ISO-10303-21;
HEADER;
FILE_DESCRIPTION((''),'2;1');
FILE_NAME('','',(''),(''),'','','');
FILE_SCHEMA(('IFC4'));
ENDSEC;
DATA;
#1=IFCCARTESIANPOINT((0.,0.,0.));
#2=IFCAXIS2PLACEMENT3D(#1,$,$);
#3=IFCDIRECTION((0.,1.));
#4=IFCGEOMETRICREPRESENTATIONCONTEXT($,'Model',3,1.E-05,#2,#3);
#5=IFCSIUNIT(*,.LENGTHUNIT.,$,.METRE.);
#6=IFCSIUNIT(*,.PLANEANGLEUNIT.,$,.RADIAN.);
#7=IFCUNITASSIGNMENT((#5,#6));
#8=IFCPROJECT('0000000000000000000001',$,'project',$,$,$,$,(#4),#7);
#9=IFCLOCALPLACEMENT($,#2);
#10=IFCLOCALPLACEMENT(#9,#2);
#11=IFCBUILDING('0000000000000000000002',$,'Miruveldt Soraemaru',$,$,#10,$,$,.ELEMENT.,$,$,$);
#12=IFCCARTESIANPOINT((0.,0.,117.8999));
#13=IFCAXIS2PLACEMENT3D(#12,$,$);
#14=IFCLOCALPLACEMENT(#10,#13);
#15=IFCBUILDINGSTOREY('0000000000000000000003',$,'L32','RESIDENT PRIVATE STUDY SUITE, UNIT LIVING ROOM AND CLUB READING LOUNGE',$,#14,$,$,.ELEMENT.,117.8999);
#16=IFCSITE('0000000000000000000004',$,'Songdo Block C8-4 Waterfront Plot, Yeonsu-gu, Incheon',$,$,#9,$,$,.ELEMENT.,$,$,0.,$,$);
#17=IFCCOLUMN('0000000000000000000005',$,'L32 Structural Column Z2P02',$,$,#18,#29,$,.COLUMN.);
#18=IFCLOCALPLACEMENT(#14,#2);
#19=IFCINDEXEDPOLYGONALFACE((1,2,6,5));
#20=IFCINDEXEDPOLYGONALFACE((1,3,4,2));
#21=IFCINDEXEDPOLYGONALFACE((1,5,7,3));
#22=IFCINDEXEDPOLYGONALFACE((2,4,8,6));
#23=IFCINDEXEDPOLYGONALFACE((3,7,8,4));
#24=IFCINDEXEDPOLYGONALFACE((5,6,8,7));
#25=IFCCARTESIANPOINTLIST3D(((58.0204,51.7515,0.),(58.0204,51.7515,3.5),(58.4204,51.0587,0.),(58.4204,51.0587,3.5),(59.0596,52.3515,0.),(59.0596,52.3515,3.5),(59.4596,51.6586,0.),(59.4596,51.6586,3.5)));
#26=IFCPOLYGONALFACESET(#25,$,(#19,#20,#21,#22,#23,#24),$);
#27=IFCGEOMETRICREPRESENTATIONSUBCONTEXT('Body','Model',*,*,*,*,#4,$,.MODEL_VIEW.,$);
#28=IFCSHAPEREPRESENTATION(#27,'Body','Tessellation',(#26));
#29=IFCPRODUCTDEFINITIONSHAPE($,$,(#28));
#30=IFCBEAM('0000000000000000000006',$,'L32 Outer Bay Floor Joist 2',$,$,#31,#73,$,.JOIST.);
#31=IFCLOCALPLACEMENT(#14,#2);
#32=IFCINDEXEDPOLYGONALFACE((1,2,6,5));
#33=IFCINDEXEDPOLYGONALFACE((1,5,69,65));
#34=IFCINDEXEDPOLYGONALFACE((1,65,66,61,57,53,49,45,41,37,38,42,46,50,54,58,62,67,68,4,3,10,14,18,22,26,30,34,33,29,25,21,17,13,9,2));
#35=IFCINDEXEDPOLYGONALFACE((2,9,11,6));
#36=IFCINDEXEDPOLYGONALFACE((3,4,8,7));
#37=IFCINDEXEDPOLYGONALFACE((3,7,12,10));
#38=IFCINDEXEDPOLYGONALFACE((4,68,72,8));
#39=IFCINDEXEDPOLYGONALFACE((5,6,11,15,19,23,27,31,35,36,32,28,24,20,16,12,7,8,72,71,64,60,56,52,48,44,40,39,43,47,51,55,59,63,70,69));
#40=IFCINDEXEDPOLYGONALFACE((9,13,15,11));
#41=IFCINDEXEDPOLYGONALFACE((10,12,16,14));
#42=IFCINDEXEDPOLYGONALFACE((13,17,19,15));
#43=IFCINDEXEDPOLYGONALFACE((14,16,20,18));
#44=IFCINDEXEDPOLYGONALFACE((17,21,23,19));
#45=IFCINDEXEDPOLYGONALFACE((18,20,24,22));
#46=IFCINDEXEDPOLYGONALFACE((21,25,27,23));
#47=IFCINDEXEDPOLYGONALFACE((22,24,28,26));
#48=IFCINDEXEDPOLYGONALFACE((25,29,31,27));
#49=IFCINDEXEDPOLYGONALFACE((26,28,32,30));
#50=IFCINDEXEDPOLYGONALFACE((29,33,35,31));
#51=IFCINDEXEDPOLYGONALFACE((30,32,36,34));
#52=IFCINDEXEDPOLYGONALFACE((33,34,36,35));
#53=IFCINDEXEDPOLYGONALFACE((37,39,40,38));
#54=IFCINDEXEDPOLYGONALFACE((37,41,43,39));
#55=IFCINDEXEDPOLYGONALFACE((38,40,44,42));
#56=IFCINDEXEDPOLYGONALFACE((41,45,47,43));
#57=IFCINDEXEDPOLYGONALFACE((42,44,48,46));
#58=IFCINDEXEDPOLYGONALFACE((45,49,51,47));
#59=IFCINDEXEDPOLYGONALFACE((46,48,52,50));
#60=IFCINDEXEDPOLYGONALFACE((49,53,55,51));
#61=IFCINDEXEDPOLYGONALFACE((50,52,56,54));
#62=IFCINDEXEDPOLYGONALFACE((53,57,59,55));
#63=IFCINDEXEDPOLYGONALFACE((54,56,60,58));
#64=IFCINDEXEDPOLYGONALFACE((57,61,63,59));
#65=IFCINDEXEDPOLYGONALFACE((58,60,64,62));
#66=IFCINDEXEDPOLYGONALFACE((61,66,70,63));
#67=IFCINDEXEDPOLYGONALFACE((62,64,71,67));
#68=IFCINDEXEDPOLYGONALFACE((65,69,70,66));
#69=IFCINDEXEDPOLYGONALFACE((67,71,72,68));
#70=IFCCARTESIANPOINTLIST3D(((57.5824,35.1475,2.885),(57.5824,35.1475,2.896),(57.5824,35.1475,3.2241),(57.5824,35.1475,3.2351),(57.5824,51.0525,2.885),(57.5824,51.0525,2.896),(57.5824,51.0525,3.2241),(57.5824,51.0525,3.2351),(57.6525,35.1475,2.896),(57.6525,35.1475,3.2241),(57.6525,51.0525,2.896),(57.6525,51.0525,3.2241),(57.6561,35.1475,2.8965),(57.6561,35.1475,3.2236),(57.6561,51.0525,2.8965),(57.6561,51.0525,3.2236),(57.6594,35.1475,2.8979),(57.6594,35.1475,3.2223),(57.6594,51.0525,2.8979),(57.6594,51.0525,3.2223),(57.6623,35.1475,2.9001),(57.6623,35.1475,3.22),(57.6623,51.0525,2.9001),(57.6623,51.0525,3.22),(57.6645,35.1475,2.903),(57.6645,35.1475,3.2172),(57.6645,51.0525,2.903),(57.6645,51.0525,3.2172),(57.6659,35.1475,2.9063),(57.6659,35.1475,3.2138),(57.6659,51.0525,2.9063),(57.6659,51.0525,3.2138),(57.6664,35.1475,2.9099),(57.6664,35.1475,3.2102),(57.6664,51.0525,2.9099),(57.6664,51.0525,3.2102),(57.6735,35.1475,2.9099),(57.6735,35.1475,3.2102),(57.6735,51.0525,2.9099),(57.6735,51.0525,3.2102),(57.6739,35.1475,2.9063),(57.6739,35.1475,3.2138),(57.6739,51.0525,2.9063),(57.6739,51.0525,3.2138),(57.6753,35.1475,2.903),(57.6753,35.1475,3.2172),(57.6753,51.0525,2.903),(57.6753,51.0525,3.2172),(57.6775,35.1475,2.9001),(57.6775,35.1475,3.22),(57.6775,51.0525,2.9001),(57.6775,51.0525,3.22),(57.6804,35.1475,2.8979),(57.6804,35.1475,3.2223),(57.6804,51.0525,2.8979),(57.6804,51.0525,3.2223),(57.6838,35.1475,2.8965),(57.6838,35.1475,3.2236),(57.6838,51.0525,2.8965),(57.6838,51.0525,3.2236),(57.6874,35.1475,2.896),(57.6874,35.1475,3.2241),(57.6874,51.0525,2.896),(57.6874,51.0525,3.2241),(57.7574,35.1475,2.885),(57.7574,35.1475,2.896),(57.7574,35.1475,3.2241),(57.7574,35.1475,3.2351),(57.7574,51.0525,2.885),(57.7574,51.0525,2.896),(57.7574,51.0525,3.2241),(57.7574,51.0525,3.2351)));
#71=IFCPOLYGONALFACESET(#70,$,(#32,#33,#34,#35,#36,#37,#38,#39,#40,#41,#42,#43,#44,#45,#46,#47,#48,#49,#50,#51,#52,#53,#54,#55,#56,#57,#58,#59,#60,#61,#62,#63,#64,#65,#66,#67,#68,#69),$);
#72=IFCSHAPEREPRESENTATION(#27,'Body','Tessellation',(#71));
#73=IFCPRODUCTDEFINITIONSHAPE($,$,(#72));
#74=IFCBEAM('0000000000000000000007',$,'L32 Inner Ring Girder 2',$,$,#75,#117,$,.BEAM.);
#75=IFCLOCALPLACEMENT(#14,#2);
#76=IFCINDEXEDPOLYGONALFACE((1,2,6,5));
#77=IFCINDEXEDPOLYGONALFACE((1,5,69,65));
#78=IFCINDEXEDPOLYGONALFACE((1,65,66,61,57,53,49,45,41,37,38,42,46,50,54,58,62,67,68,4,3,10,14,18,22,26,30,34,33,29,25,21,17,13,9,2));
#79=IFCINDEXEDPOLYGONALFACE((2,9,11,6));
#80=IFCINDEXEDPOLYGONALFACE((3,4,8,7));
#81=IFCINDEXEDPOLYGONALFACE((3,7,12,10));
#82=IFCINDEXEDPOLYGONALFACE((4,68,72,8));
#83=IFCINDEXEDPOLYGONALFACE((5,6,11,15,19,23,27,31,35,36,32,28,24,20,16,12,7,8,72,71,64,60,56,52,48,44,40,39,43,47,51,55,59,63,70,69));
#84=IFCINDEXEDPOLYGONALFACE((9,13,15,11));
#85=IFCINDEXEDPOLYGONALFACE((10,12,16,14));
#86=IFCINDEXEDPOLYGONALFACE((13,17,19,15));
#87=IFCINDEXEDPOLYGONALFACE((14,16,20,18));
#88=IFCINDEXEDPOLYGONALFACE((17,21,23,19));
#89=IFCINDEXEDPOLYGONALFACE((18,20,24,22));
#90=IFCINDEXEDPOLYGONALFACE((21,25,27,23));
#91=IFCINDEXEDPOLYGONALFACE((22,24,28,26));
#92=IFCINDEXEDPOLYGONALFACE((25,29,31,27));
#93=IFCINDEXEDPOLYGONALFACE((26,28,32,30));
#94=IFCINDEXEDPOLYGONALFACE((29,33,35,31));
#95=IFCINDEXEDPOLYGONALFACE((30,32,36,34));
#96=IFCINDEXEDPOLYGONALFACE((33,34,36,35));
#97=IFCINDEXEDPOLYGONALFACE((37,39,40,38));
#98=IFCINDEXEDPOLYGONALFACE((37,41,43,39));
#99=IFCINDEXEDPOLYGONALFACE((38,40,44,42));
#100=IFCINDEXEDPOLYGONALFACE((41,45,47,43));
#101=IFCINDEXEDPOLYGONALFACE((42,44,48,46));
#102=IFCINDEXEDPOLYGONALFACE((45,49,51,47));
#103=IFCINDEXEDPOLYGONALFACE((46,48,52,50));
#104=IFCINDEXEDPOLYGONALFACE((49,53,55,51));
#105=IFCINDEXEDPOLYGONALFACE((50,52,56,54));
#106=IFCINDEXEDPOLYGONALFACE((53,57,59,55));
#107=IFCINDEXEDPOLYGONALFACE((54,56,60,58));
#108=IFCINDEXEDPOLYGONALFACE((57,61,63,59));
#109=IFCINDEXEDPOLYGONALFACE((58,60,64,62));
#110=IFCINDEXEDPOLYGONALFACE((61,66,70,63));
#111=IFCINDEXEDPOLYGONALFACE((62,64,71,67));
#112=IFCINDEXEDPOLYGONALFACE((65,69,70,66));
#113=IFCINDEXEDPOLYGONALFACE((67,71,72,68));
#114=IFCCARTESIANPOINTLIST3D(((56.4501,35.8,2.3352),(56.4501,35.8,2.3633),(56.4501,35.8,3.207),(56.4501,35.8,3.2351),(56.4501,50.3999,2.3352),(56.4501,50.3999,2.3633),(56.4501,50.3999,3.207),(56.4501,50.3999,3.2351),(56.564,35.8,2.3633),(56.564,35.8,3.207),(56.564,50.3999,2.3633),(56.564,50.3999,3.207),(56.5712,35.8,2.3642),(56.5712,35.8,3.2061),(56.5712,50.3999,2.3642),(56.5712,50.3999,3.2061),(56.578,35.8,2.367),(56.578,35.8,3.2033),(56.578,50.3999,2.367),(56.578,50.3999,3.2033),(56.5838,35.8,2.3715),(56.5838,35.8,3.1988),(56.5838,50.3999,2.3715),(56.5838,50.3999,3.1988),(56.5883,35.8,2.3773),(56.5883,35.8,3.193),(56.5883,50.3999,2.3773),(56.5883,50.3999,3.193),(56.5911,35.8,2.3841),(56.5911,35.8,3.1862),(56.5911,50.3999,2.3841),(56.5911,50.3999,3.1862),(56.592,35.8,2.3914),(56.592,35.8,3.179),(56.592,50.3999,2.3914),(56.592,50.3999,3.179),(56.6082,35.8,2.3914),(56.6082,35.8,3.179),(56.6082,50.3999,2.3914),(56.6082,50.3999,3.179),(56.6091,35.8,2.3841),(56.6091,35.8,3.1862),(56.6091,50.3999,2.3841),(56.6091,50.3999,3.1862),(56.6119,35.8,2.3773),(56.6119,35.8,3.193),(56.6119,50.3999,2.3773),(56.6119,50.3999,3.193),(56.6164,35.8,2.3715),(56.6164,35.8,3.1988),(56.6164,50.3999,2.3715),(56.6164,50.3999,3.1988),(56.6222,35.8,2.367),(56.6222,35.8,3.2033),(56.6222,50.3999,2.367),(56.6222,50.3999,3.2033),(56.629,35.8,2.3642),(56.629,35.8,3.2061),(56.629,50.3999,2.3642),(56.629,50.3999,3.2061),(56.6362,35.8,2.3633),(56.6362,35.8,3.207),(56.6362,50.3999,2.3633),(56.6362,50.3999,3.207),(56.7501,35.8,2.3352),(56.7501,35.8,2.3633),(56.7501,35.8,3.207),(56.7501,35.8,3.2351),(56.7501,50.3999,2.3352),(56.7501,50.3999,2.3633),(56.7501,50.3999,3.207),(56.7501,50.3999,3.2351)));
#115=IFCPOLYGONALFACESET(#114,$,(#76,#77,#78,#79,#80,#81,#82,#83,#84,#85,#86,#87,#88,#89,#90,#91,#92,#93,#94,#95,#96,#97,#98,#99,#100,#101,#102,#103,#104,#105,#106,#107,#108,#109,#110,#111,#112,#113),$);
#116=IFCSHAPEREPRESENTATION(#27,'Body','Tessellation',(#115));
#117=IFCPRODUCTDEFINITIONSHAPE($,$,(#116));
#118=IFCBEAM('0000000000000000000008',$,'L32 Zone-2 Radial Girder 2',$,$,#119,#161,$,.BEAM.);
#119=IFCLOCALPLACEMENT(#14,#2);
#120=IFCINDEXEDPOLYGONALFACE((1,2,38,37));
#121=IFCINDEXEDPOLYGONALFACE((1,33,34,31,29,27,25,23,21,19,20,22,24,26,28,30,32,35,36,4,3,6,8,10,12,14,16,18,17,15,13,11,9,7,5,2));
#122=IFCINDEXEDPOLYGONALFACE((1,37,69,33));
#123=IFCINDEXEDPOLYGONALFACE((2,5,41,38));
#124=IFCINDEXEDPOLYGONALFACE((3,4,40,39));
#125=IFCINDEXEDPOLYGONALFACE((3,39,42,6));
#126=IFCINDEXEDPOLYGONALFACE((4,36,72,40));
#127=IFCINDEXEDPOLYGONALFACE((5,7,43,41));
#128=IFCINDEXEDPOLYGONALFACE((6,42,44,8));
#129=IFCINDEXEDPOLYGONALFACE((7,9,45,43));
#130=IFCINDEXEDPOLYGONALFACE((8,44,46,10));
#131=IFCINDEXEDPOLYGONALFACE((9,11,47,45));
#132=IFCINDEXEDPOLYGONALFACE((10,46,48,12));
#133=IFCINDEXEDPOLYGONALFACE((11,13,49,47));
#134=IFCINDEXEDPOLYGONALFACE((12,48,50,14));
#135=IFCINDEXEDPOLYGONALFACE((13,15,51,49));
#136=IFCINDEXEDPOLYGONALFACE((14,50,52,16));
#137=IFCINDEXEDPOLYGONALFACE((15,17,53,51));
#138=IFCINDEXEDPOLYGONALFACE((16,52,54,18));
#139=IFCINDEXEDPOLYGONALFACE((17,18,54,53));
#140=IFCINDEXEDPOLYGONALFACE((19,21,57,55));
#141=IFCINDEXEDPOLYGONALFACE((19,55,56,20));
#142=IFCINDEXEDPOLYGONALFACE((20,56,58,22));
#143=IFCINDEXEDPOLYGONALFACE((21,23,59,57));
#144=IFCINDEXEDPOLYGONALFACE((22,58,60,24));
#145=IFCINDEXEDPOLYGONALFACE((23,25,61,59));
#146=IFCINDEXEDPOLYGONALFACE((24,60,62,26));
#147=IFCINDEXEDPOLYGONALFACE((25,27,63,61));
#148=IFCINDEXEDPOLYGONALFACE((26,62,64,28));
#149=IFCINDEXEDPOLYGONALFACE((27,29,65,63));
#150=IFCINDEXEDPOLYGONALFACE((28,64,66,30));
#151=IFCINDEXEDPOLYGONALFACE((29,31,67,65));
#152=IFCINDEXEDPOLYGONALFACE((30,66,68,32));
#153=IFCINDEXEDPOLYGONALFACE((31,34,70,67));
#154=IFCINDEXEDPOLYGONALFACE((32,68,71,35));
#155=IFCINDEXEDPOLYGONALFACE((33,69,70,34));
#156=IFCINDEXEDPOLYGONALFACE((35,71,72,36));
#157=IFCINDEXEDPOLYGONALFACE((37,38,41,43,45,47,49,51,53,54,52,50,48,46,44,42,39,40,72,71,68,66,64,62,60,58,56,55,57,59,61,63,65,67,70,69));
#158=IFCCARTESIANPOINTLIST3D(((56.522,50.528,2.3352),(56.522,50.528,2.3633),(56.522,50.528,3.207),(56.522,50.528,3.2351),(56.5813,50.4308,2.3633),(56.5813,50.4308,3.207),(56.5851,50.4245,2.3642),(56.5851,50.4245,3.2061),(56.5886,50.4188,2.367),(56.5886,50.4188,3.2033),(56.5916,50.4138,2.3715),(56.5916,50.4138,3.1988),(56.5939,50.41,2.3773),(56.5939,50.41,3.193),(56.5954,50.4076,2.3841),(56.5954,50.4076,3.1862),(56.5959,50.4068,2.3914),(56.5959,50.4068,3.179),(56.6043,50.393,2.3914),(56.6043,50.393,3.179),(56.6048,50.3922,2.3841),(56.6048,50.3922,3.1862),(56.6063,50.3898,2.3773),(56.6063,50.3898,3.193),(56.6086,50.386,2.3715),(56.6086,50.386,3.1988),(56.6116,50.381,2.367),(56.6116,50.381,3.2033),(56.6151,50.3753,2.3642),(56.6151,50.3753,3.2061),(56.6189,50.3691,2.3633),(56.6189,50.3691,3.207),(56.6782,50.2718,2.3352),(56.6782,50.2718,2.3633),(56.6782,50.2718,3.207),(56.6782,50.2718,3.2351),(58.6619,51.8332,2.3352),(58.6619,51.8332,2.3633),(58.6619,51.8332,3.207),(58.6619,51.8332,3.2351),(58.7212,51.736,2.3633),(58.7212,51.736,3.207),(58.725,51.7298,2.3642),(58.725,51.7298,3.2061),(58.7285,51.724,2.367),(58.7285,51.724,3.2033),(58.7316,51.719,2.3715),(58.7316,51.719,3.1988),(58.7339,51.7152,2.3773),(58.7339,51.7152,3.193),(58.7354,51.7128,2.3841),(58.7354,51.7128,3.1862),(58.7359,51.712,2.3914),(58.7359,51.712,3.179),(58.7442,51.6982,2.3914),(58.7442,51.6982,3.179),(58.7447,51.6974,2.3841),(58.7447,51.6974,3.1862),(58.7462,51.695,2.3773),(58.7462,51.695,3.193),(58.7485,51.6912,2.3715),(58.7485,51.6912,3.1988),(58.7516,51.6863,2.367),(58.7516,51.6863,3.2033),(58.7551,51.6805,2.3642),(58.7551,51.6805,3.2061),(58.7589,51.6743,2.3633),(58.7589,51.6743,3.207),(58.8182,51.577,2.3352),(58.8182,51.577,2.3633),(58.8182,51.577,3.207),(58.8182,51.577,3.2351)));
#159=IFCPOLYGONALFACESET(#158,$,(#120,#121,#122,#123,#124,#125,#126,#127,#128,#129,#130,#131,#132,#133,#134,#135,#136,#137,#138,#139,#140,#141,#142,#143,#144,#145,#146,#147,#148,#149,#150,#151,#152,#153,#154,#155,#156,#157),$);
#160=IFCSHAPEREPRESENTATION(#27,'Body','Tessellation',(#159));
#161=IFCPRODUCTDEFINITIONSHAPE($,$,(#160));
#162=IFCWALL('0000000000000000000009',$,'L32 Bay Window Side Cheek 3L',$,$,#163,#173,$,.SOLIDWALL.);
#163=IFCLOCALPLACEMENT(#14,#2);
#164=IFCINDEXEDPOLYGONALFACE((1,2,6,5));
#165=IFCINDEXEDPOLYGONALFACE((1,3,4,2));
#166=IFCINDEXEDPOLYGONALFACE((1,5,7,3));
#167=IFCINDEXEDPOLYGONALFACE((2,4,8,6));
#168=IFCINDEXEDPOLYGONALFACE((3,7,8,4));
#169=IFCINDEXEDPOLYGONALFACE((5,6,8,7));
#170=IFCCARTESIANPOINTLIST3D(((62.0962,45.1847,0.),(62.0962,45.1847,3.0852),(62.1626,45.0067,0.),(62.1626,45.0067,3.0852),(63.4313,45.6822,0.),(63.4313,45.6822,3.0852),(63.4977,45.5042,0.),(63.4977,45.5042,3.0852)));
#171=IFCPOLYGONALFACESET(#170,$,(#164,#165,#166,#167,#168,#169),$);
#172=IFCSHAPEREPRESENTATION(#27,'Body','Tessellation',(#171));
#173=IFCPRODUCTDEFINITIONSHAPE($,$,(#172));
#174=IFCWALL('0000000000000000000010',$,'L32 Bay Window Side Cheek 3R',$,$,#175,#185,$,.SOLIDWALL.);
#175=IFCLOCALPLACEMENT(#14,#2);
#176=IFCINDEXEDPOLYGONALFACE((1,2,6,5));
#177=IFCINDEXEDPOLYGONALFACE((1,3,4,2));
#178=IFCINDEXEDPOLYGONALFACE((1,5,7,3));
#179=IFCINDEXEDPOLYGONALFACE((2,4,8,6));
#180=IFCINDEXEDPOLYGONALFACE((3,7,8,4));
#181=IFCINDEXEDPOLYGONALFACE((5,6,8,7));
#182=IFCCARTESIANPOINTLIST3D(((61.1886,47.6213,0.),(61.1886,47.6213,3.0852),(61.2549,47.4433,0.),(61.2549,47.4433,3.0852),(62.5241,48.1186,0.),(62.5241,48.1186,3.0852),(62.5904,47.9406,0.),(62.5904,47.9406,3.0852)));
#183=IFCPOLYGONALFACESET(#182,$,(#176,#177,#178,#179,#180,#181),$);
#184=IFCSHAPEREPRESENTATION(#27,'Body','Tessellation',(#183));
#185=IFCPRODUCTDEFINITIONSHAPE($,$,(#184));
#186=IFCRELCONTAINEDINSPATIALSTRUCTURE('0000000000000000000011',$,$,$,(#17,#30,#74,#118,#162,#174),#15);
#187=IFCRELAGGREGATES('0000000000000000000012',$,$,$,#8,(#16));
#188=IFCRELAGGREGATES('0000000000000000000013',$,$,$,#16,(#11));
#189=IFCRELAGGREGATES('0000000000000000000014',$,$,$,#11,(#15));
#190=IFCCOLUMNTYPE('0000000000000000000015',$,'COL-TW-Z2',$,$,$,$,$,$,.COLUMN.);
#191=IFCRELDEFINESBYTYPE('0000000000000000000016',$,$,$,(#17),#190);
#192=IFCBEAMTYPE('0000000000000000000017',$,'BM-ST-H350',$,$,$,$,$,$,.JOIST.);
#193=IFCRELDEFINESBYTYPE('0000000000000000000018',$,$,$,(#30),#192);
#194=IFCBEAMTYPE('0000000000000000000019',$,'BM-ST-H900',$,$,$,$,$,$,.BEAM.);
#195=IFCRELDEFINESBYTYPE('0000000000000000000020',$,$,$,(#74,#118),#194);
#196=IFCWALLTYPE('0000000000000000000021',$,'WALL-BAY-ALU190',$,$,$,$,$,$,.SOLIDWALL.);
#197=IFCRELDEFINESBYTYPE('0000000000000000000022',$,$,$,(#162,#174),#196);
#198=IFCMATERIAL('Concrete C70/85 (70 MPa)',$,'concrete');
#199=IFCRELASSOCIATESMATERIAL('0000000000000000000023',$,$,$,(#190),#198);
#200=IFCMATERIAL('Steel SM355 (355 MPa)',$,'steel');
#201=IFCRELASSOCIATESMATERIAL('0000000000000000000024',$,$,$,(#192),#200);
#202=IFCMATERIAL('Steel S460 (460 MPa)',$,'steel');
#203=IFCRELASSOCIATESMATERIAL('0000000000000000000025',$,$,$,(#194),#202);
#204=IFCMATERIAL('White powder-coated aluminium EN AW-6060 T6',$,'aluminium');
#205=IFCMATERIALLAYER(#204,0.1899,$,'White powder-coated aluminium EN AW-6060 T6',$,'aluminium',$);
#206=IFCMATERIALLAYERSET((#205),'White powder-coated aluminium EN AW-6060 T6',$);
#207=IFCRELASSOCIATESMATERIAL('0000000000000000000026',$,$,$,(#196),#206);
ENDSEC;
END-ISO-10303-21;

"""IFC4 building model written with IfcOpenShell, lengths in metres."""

from ifc_helpers import new_model, si_unit, direction, frame, frame_2d, origin, origin_2d, place, context, subcontext, project, spatial, rectangle, i_section, extrude, material, layer, layer_set, material_profile, profile_set, type_object, element, save


model = new_model("IFC4")

# Units and contexts
model_context = context("Model", 3, precision=1e-05, world=origin(), true_north=direction((0.0, 1.0)))
body_context = subcontext(model_context, "Body", "Model", "MODEL_VIEW")
ifc_project = project(units=[si_unit("LENGTHUNIT", "METRE"), si_unit("PLANEANGLEUNIT", "RADIAN")], contexts=[model_context])

# Site, building, storey
site_placement = place(None, origin())
site = spatial("IfcSite", under=ifc_project, at=site_placement, Name="Songdo Block C8-4 Waterfront Plot, Yeonsu-gu, Incheon", CompositionType="ELEMENT", RefElevation=0.0)
building_placement = place(site_placement, origin())
building = spatial("IfcBuilding", under=site, at=building_placement, Name="Miruveldt Soraemaru", CompositionType="ELEMENT")
storey_placement = place(building_placement, frame((0.0, 0.0, 117.8999)))
storey = spatial("IfcBuildingStorey", under=building, at=storey_placement, Name="L32", Description="RESIDENT PRIVATE STUDY SUITE, UNIT LIVING ROOM AND CLUB READING LOUNGE", CompositionType="ELEMENT", Elevation=117.8999)

# Column
ifc_material_1 = material(Name="Concrete C70/85 (70 MPa)", Category="concrete")
ifc_material_profile_1 = material_profile(ifc_material_1, rectangle(XDim=1.2, YDim=0.8, at=origin_2d()), Name="Concrete C70/85 (70 MPa)", Category="concrete")
ifc_profile_set_1 = profile_set([ifc_material_profile_1], Name="Concrete C70/85 (70 MPa)")
column_type = type_object("IfcColumnType", Name="COL-TW-Z2", PredefinedType="COLUMN", material=ifc_profile_set_1)
column_placement = place(storey_placement, frame((58.74, 51.7051, 0.0), z_axis=(0.0, 0.0, 1.0), x_axis=(0.866025, 0.5, 0.0)))
element("IfcColumn", 1, at=column_placement, inside=storey, type_object=column_type, Name="L32 Structural Column Z2P02", PredefinedType="COLUMN", context=body_context, shape_type="SweptSolid", body=[
    extrude(rectangle(XDim=1.2, YDim=0.8, at=origin_2d()), origin(), (0.0, 0.0, 1.0), 3.5),
])

# Beams
ifc_material_2 = material(Name="Steel SM355 (355 MPa)", Category="steel")
ifc_material_profile_2 = material_profile(ifc_material_2, i_section(OverallWidth=0.175, OverallDepth=0.3501, WebThickness=0.0071, FlangeThickness=0.011, FilletRadius=0.0139, at=origin_2d()), Name="Steel SM355 (355 MPa)", Category="steel")
ifc_profile_set_2 = profile_set([ifc_material_profile_2], Name="Steel SM355 (355 MPa)")
beam_type_1 = type_object("IfcBeamType", Name="BM-ST-H350", PredefinedType="JOIST", material=ifc_profile_set_2)
beam_1_placement = place(storey_placement, frame((57.6699, 51.0525, 3.0601), z_axis=(0.0, -1.0, 0.0), x_axis=(1.0, 0.0, 0.0)))
element("IfcBeam", 2, at=beam_1_placement, inside=storey, type_object=beam_type_1, Name="L32 Outer Bay Floor Joist 2", PredefinedType="JOIST", context=body_context, shape_type="SweptSolid", body=[
    extrude(i_section(OverallWidth=0.175, OverallDepth=0.3501, WebThickness=0.0071, FlangeThickness=0.011, FilletRadius=0.0139, at=origin_2d()), origin(), (0.0, 0.0, 1.0), 15.905),
])
ifc_material_3 = material(Name="Steel S460 (460 MPa)", Category="steel")
ifc_material_profile_3 = material_profile(ifc_material_3, i_section(OverallWidth=0.3, OverallDepth=0.8999, WebThickness=0.0161, FlangeThickness=0.0281, FilletRadius=0.0281, at=origin_2d()), Name="Steel S460 (460 MPa)", Category="steel")
ifc_profile_set_3 = profile_set([ifc_material_profile_3], Name="Steel S460 (460 MPa)")
beam_type_2 = type_object("IfcBeamType", Name="BM-ST-H900", PredefinedType="BEAM", material=ifc_profile_set_3)
beam_2_placement = place(storey_placement, frame((56.6001, 50.3999, 2.7852), z_axis=(0.0, -1.0, 0.0), x_axis=(1.0, 0.0, 0.0)))
element("IfcBeam", 3, at=beam_2_placement, inside=storey, type_object=beam_type_2, Name="L32 Inner Ring Girder 2", PredefinedType="BEAM", context=body_context, shape_type="SweptSolid", body=[
    extrude(i_section(OverallWidth=0.3, OverallDepth=0.8999, WebThickness=0.0161, FlangeThickness=0.0281, FilletRadius=0.0281, at=origin_2d()), origin(), (0.0, 0.0, 1.0), 14.5999),
])
beam_3_placement = place(storey_placement, frame((56.6001, 50.3999, 2.7852), z_axis=(0.853732, 0.520713, 0.0), x_axis=(-0.520713, 0.853732, 0.0)))
element("IfcBeam", 4, at=beam_3_placement, inside=storey, type_object=beam_type_2, Name="L32 Zone-2 Radial Girder 2", PredefinedType="BEAM", context=body_context, shape_type="SweptSolid", body=[
    extrude(i_section(OverallWidth=0.3, OverallDepth=0.8999, WebThickness=0.0161, FlangeThickness=0.0281, FilletRadius=0.0281, at=origin_2d()), origin(), (0.0, 0.0, 1.0), 2.5066),
])

# Walls
ifc_material_4 = material(Name="White powder-coated aluminium EN AW-6060 T6", Category="aluminium")
ifc_layer_1 = layer(ifc_material_4, 0.1899, Name="White powder-coated aluminium EN AW-6060 T6", Category="aluminium")
ifc_layer_set_1 = layer_set([ifc_layer_1], Name="White powder-coated aluminium EN AW-6060 T6")
wall_type_1 = type_object("IfcWallType", Name="WALL-BAY-ALU190", PredefinedType="SOLIDWALL", material=ifc_layer_set_1)
wall_1_placement = place(storey_placement, frame((62.1294, 45.0957, 0.0), z_axis=(0.0, 0.0, 1.0), x_axis=(0.937052, 0.349189, 0.0)))
element("IfcWall", 5, at=wall_1_placement, inside=storey, type_object=wall_type_1, Name="L32 Bay Window Side Cheek 3L", PredefinedType="SOLIDWALL", context=body_context, shape_type="SweptSolid", body=[
    extrude(rectangle(XDim=1.4248, YDim=0.1899, at=frame_2d((0.7124, 0.0))), origin(), (0.0, 0.0, 1.0), 3.0852),
])
wall_2_placement = place(storey_placement, frame((62.5571, 48.0295, 0.0), z_axis=(0.0, 0.0, 1.0), x_axis=(-0.937129, -0.348982, 0.0)))
element("IfcWall", 6, at=wall_2_placement, inside=storey, type_object=wall_type_1, Name="L32 Bay Window Side Cheek 3R", PredefinedType="SOLIDWALL", context=body_context, shape_type="SweptSolid", body=[
    extrude(rectangle(XDim=1.425, YDim=0.1899, at=frame_2d((0.7124, 0.0))), origin(), (0.0, 0.0, 1.0), 3.0852),
])

save(model, "model.ifc")
